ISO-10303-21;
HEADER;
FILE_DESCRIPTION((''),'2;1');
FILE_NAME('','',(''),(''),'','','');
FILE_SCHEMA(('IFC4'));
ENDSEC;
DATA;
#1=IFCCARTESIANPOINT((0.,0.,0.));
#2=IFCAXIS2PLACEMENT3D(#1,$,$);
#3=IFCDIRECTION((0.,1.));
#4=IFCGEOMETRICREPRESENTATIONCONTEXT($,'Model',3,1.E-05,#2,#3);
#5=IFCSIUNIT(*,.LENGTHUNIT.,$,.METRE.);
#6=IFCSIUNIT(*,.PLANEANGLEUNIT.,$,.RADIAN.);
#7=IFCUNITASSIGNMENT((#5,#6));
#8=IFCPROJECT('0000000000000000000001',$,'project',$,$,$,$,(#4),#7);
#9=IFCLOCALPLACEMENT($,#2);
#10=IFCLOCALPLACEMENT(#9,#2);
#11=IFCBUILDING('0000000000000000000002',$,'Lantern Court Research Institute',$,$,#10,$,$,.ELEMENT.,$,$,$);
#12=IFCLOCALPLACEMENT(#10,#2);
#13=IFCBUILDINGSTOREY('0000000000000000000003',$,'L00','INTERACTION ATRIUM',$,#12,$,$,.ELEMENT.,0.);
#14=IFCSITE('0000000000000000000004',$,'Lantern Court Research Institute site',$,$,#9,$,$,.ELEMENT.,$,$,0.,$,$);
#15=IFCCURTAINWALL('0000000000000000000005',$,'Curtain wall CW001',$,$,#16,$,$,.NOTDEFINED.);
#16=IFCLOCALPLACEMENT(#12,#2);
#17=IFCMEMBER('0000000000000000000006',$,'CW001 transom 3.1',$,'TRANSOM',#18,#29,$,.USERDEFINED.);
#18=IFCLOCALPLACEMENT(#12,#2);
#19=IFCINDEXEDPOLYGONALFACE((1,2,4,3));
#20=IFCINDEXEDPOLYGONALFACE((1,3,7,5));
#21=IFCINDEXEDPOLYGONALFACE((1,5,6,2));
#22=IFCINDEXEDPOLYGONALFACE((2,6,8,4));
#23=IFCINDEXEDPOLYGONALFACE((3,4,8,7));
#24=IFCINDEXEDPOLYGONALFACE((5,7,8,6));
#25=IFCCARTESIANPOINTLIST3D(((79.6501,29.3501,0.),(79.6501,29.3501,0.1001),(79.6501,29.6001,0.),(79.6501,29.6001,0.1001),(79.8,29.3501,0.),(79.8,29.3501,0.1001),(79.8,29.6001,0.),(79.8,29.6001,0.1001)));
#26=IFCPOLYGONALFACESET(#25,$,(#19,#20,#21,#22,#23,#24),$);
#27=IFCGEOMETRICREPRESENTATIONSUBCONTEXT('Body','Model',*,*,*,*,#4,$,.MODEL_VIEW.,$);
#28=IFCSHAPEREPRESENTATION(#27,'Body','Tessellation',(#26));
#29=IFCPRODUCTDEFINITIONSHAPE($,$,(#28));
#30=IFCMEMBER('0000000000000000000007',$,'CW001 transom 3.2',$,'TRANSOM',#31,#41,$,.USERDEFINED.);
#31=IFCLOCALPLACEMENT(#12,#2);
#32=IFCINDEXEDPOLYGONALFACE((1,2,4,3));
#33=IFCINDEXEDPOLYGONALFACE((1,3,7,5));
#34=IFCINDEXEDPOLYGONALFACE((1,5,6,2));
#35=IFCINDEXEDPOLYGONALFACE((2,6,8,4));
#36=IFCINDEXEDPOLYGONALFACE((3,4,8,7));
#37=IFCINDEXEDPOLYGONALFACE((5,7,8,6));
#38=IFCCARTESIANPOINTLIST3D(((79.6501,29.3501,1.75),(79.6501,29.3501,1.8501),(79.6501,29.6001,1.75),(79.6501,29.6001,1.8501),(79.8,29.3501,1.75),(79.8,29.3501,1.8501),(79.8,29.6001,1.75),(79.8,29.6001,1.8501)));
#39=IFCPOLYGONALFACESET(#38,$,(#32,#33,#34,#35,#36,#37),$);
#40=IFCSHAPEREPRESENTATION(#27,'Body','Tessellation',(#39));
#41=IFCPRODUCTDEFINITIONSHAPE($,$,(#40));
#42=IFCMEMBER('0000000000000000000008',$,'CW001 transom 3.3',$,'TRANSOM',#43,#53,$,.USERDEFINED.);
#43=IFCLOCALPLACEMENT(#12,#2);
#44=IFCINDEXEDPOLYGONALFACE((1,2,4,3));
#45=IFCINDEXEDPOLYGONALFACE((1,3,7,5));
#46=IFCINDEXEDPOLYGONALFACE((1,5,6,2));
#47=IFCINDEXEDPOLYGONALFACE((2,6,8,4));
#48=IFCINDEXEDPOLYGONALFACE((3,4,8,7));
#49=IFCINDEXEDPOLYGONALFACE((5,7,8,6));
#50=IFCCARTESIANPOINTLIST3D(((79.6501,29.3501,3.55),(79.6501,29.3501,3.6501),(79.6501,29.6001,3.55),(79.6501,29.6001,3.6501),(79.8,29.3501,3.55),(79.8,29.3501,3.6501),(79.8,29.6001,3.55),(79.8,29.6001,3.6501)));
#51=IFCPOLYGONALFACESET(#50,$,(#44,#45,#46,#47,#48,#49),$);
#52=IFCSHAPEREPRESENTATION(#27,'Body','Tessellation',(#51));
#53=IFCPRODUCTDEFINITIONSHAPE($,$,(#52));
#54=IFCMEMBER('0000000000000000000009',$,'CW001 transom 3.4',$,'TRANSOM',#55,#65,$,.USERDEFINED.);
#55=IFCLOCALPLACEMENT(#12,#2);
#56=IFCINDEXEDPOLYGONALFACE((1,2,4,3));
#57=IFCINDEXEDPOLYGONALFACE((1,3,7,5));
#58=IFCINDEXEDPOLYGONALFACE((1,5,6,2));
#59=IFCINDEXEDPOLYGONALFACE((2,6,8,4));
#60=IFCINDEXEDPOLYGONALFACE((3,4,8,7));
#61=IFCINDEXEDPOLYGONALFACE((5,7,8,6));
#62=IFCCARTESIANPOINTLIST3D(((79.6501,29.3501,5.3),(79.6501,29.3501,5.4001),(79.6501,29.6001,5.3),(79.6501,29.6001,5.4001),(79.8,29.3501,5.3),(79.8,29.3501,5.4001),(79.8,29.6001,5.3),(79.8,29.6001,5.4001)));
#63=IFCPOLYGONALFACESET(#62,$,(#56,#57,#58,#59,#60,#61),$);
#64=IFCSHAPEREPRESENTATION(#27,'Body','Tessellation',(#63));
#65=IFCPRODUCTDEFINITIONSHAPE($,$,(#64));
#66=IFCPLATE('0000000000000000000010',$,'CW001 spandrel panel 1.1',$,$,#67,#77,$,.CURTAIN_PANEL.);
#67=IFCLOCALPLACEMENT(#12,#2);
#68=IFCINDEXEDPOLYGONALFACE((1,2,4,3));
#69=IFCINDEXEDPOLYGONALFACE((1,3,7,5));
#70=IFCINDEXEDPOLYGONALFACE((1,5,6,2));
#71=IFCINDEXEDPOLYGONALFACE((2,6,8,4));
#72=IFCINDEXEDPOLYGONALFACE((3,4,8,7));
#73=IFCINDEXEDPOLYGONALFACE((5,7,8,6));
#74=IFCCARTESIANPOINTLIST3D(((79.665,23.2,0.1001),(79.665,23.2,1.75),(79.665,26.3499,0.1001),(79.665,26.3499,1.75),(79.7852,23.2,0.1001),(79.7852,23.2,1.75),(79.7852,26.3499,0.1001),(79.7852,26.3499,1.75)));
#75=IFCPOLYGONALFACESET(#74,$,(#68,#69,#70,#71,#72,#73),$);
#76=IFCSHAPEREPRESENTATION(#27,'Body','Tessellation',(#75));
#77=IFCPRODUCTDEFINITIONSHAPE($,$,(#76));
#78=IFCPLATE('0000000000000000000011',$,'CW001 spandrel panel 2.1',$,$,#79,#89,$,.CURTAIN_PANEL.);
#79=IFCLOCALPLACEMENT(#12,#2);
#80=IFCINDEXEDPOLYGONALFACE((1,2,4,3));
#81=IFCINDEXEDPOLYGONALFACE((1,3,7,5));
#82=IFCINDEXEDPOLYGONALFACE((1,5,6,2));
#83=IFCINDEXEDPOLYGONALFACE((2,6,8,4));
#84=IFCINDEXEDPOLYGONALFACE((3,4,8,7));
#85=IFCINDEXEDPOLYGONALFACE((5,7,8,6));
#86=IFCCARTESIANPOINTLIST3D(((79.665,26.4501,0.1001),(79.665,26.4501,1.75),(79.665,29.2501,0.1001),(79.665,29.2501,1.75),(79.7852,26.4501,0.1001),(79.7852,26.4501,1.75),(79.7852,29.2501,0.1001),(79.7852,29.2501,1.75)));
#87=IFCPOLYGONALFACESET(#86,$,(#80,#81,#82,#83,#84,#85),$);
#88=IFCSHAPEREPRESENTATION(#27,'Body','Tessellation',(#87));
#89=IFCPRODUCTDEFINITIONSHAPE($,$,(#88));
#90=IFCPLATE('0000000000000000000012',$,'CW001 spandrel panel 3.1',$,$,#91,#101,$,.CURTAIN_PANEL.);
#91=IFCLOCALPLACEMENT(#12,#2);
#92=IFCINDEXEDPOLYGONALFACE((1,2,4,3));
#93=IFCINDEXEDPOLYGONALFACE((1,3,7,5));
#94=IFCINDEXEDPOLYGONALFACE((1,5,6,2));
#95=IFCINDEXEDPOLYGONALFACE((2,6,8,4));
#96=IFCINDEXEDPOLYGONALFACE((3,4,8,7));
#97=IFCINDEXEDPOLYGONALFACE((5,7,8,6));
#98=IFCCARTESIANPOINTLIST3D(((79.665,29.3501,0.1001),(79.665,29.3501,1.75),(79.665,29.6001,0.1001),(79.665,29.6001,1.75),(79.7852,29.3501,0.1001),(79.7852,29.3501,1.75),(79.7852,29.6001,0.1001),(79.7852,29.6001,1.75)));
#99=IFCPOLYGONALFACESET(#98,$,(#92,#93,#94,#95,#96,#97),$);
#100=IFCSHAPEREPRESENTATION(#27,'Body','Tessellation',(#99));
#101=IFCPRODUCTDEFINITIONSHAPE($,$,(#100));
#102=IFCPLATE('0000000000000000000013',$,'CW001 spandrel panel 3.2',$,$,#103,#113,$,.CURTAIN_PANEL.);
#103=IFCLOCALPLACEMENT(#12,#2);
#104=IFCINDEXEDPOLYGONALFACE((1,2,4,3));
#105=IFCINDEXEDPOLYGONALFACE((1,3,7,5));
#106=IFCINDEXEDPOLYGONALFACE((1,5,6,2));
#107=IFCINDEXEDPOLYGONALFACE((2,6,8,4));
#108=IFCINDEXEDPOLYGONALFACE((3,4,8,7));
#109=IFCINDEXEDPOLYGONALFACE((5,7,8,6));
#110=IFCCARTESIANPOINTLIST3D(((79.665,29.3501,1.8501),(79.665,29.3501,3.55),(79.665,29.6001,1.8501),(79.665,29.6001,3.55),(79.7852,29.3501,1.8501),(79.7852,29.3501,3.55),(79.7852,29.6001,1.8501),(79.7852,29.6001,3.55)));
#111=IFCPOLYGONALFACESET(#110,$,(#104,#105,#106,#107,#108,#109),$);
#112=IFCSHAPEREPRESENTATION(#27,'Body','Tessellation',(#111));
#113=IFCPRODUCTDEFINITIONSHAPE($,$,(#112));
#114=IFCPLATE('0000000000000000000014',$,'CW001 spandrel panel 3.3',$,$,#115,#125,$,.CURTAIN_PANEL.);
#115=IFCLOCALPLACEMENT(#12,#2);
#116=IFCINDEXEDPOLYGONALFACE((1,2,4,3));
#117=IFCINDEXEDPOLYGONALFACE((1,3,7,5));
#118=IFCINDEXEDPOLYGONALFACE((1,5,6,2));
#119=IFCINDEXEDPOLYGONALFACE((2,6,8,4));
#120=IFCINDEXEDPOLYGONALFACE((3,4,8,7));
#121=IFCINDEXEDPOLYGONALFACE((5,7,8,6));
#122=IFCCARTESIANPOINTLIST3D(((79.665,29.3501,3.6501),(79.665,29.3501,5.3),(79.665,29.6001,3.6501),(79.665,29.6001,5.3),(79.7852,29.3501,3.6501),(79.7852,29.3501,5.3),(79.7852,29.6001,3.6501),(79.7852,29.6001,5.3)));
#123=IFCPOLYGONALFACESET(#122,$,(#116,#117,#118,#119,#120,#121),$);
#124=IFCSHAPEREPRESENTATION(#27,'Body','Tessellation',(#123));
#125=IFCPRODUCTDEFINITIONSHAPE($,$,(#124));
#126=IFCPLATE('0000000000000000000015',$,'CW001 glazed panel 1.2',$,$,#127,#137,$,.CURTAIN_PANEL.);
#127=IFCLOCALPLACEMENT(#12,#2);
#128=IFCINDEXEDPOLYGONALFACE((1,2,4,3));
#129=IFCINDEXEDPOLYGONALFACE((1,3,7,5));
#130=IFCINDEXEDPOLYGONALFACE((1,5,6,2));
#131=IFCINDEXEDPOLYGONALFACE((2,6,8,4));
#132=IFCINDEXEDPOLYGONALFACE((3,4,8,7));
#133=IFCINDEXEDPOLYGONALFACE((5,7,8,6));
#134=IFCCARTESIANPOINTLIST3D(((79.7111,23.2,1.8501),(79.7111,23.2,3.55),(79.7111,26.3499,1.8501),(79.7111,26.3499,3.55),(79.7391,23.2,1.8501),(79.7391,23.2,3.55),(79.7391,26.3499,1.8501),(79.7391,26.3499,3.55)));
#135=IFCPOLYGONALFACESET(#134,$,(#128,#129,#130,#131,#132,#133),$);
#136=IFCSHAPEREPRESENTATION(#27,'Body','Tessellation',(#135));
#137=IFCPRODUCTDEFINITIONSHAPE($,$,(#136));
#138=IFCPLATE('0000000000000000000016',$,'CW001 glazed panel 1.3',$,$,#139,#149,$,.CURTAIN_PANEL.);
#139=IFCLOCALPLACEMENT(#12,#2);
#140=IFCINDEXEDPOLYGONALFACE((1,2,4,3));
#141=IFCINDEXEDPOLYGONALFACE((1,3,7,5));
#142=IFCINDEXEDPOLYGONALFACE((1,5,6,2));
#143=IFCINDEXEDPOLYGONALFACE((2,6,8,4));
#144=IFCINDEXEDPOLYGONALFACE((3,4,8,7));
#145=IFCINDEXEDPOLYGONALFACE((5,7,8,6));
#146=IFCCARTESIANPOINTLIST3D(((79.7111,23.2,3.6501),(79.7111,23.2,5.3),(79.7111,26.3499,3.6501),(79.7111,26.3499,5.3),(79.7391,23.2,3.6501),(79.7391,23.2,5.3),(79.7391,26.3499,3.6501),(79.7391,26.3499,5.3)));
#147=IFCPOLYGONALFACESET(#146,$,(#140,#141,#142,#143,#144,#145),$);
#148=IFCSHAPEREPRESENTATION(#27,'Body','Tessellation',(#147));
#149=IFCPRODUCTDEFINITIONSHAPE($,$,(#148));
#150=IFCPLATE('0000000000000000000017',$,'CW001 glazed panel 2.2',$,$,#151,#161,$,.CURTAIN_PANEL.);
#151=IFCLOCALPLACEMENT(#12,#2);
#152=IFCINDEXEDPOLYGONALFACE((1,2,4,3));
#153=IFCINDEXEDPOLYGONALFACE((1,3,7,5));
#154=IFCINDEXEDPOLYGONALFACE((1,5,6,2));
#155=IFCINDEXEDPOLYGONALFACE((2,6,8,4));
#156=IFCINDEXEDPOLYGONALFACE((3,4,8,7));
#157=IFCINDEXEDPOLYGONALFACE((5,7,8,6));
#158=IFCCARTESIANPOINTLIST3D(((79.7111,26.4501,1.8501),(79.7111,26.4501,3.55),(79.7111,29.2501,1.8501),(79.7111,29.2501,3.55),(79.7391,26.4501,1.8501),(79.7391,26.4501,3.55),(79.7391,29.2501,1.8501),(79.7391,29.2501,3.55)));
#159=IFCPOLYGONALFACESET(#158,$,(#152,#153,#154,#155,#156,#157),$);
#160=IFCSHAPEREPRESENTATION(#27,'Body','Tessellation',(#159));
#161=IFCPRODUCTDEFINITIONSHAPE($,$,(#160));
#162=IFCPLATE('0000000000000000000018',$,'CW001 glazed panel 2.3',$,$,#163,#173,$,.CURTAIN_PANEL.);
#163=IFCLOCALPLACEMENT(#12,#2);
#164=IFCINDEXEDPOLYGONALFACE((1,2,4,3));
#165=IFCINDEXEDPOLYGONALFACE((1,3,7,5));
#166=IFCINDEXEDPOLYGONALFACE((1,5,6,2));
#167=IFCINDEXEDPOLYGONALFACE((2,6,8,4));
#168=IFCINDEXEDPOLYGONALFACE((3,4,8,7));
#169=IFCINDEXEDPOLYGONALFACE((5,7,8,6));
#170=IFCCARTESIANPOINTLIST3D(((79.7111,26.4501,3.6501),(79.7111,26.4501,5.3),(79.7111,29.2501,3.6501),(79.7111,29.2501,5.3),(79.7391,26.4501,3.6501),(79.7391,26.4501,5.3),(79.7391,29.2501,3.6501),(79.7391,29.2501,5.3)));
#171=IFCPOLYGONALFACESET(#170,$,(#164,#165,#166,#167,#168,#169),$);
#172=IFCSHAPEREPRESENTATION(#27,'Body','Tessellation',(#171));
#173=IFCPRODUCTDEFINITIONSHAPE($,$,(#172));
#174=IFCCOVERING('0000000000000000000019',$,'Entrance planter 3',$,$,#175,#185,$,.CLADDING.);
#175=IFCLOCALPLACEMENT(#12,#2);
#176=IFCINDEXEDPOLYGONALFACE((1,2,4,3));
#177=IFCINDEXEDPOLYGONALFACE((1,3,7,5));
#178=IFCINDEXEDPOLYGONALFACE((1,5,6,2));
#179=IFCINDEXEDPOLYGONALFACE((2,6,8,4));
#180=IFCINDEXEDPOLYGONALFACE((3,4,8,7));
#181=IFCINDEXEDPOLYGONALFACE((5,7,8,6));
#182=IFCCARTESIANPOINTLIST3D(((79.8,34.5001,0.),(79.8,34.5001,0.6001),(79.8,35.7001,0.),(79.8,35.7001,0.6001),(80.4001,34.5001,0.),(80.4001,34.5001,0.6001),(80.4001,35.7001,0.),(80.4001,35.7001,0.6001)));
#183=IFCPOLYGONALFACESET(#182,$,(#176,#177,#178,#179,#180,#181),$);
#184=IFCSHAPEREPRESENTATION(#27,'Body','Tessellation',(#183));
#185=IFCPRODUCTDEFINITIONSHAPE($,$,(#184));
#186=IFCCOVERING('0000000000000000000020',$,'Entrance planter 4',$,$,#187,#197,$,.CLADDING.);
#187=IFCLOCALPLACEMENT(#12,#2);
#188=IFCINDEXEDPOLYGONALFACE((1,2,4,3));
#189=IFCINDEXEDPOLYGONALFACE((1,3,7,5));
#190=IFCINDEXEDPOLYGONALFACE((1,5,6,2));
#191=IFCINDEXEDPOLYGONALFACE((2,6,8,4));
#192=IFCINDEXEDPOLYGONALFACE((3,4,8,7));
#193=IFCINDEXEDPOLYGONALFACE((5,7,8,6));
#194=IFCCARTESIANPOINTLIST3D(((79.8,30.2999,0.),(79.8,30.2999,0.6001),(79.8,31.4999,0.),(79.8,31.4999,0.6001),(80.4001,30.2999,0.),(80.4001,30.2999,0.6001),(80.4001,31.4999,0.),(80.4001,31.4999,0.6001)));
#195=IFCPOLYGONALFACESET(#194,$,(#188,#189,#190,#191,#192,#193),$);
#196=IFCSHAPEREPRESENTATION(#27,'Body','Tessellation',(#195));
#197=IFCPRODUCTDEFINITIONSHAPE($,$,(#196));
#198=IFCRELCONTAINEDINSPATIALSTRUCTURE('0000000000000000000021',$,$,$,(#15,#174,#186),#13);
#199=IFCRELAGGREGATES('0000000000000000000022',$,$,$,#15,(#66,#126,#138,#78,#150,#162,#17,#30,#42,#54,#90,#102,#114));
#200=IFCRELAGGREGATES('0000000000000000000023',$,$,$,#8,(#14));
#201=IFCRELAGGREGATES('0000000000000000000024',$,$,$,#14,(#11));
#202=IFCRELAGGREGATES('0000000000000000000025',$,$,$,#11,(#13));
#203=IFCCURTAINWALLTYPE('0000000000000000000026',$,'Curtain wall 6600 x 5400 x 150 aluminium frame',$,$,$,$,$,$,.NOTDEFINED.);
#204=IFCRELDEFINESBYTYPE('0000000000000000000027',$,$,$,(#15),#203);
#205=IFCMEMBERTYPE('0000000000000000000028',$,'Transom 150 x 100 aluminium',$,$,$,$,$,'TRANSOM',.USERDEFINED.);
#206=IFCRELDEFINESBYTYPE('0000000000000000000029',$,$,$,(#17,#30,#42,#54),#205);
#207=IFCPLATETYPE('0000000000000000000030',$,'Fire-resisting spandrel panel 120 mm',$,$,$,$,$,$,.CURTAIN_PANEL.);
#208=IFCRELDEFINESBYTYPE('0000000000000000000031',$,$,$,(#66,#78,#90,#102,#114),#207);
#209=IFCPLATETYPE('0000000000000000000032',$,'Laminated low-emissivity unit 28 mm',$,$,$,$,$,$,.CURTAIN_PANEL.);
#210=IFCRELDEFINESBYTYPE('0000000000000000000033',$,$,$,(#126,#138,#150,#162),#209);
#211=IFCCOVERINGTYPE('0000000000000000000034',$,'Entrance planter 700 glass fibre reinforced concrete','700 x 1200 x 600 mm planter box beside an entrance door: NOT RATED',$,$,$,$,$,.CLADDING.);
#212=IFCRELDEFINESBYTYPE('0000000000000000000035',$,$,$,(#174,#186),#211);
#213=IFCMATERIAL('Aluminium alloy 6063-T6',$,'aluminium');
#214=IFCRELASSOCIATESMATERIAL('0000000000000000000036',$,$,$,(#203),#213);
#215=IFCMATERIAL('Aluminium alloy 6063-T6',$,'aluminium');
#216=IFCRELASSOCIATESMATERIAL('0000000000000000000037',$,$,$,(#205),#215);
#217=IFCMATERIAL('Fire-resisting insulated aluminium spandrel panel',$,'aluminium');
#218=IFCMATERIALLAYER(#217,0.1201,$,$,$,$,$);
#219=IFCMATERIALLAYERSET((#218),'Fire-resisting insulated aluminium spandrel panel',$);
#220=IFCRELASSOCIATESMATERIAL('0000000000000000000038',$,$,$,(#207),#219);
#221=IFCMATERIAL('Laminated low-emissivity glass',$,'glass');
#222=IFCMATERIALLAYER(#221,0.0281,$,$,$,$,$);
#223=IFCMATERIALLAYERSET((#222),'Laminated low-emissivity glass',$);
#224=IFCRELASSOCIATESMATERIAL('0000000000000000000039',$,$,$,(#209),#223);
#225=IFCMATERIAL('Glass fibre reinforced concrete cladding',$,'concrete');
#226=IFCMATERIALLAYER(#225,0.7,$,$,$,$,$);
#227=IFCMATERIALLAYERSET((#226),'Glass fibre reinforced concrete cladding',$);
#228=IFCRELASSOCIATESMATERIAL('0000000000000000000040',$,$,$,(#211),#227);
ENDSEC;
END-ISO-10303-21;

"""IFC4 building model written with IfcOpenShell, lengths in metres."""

from ifc_helpers import new_model, si_unit, direction, frame, origin, origin_2d, place, context, subcontext, project, spatial, rectangle, extrude, material, layer, layer_set, material_profile, profile_set, type_object, element, aggregate, save


model = new_model("IFC4")

# Units and contexts
model_context = context("Model", 3, precision=1e-05, world=origin(), true_north=direction((0.0, 1.0)))
body_context = subcontext(model_context, "Body", "Model", "MODEL_VIEW")
ifc_project = project(units=[si_unit("LENGTHUNIT", "METRE"), si_unit("PLANEANGLEUNIT", "RADIAN")], contexts=[model_context])

# Site, building, storey
site_placement = place(None, origin())
site = spatial("IfcSite", under=ifc_project, at=site_placement, Name="Lantern Court Research Institute site", CompositionType="ELEMENT", RefElevation=0.0)
building_placement = place(site_placement, origin())
building = spatial("IfcBuilding", under=site, at=building_placement, Name="Lantern Court Research Institute", CompositionType="ELEMENT")
storey_placement = place(building_placement, origin())
storey = spatial("IfcBuildingStorey", under=building, at=storey_placement, Name="L00", Description="INTERACTION ATRIUM", CompositionType="ELEMENT", Elevation=0.0)

# Curtain wall, members, plates
ifc_material_1 = material(Name="Aluminium alloy 6063-T6", Category="aluminium")
curtain_wall_type = type_object("IfcCurtainWallType", Name="Curtain wall 6600 x 5400 x 150 aluminium frame", PredefinedType="NOTDEFINED", material=ifc_material_1)
curtain_wall_placement = place(storey_placement, origin())
curtain_wall = element("IfcCurtainWall", 1, at=curtain_wall_placement, inside=storey, type_object=curtain_wall_type, Name="Curtain wall CW001", PredefinedType="NOTDEFINED")
ifc_material_2 = material(Name="Aluminium alloy 6063-T6", Category="aluminium")
ifc_material_profile_1 = material_profile(ifc_material_2, rectangle(XDim=0.1499, YDim=0.1001, at=origin_2d()), Name="Transom 150 x 100")
ifc_profile_set_1 = profile_set([ifc_material_profile_1], Name="Aluminium alloy 6063-T6")
member_type_1 = type_object("IfcMemberType", Name="Transom 150 x 100 aluminium", ElementType="TRANSOM", PredefinedType="USERDEFINED", material=ifc_profile_set_1)
member_1_placement = place(storey_placement, frame((79.7251, 29.6001, 0.05), z_axis=(0.0, -1.0, 0.0), x_axis=(1.0, 0.0, 0.0)))
member_1 = element("IfcMember", 2, at=member_1_placement, type_object=member_type_1, Name="CW001 transom 3.1", ObjectType="TRANSOM", PredefinedType="USERDEFINED", context=body_context, shape_type="SweptSolid", body=[
    extrude(rectangle(XDim=0.1499, YDim=0.1001, at=origin_2d()), origin(), (0.0, 0.0, 1.0), 0.25),
])
member_2_placement = place(storey_placement, frame((79.7251, 29.6001, 1.8), z_axis=(0.0, -1.0, 0.0), x_axis=(1.0, 0.0, 0.0)))
member_2 = element("IfcMember", 3, at=member_2_placement, type_object=member_type_1, Name="CW001 transom 3.2", ObjectType="TRANSOM", PredefinedType="USERDEFINED", context=body_context, shape_type="SweptSolid", body=[
    extrude(rectangle(XDim=0.1499, YDim=0.1001, at=origin_2d()), origin(), (0.0, 0.0, 1.0), 0.25),
])
member_3_placement = place(storey_placement, frame((79.7251, 29.6001, 3.6001), z_axis=(0.0, -1.0, 0.0), x_axis=(1.0, 0.0, 0.0)))
member_3 = element("IfcMember", 4, at=member_3_placement, type_object=member_type_1, Name="CW001 transom 3.3", ObjectType="TRANSOM", PredefinedType="USERDEFINED", context=body_context, shape_type="SweptSolid", body=[
    extrude(rectangle(XDim=0.1499, YDim=0.1001, at=origin_2d()), origin(), (0.0, 0.0, 1.0), 0.25),
])
member_4_placement = place(storey_placement, frame((79.7251, 29.6001, 5.3501), z_axis=(0.0, -1.0, 0.0), x_axis=(1.0, 0.0, 0.0)))
member_4 = element("IfcMember", 5, at=member_4_placement, type_object=member_type_1, Name="CW001 transom 3.4", ObjectType="TRANSOM", PredefinedType="USERDEFINED", context=body_context, shape_type="SweptSolid", body=[
    extrude(rectangle(XDim=0.1499, YDim=0.1001, at=origin_2d()), origin(), (0.0, 0.0, 1.0), 0.25),
])
ifc_material_3 = material(Name="Fire-resisting insulated aluminium spandrel panel", Category="aluminium")
ifc_layer_1 = layer(ifc_material_3, 0.1201)
ifc_layer_set_1 = layer_set([ifc_layer_1], Name="Fire-resisting insulated aluminium spandrel panel")
plate_type_1 = type_object("IfcPlateType", Name="Fire-resisting spandrel panel 120 mm", PredefinedType="CURTAIN_PANEL", material=ifc_layer_set_1)
plate_1_placement = place(storey_placement, frame((79.7251, 24.7749, 0.1001), z_axis=(0.0, 0.0, 1.0), x_axis=(0.0, -1.0, 0.0)))
plate_1 = element("IfcPlate", 6, at=plate_1_placement, type_object=plate_type_1, Name="CW001 spandrel panel 1.1", PredefinedType="CURTAIN_PANEL", context=body_context, shape_type="SweptSolid", body=[
    extrude(rectangle(XDim=3.1499, YDim=0.1201, at=origin_2d()), origin(), (0.0, 0.0, 1.0), 1.6499),
])
plate_2_placement = place(storey_placement, frame((79.7251, 27.8501, 0.1001), z_axis=(0.0, 0.0, 1.0), x_axis=(0.0, -1.0, 0.0)))
plate_2 = element("IfcPlate", 7, at=plate_2_placement, type_object=plate_type_1, Name="CW001 spandrel panel 2.1", PredefinedType="CURTAIN_PANEL", context=body_context, shape_type="SweptSolid", body=[
    extrude(rectangle(XDim=2.8, YDim=0.1201, at=origin_2d()), origin(), (0.0, 0.0, 1.0), 1.6499),
])
plate_3_placement = place(storey_placement, frame((79.7251, 29.4751, 0.1001), z_axis=(0.0, 0.0, 1.0), x_axis=(0.0, -1.0, 0.0)))
plate_3 = element("IfcPlate", 8, at=plate_3_placement, type_object=plate_type_1, Name="CW001 spandrel panel 3.1", PredefinedType="CURTAIN_PANEL", context=body_context, shape_type="SweptSolid", body=[
    extrude(rectangle(XDim=0.25, YDim=0.1201, at=origin_2d()), origin(), (0.0, 0.0, 1.0), 1.6499),
])
plate_4_placement = place(storey_placement, frame((79.7251, 29.4751, 1.8501), z_axis=(0.0, 0.0, 1.0), x_axis=(0.0, -1.0, 0.0)))
plate_4 = element("IfcPlate", 9, at=plate_4_placement, type_object=plate_type_1, Name="CW001 spandrel panel 3.2", PredefinedType="CURTAIN_PANEL", context=body_context, shape_type="SweptSolid", body=[
    extrude(rectangle(XDim=0.25, YDim=0.1201, at=origin_2d()), origin(), (0.0, 0.0, 1.0), 1.7),
])
plate_5_placement = place(storey_placement, frame((79.7251, 29.4751, 3.6501), z_axis=(0.0, 0.0, 1.0), x_axis=(0.0, -1.0, 0.0)))
plate_5 = element("IfcPlate", 10, at=plate_5_placement, type_object=plate_type_1, Name="CW001 spandrel panel 3.3", PredefinedType="CURTAIN_PANEL", context=body_context, shape_type="SweptSolid", body=[
    extrude(rectangle(XDim=0.25, YDim=0.1201, at=origin_2d()), origin(), (0.0, 0.0, 1.0), 1.6499),
])
ifc_material_4 = material(Name="Laminated low-emissivity glass", Category="glass")
ifc_layer_2 = layer(ifc_material_4, 0.0281)
ifc_layer_set_2 = layer_set([ifc_layer_2], Name="Laminated low-emissivity glass")
plate_type_2 = type_object("IfcPlateType", Name="Laminated low-emissivity unit 28 mm", PredefinedType="CURTAIN_PANEL", material=ifc_layer_set_2)
plate_6_placement = place(storey_placement, frame((79.7251, 24.7749, 1.8501), z_axis=(0.0, 0.0, 1.0), x_axis=(0.0, -1.0, 0.0)))
plate_6 = element("IfcPlate", 11, at=plate_6_placement, type_object=plate_type_2, Name="CW001 glazed panel 1.2", PredefinedType="CURTAIN_PANEL", context=body_context, shape_type="SweptSolid", body=[
    extrude(rectangle(XDim=3.1499, YDim=0.0281, at=origin_2d()), origin(), (0.0, 0.0, 1.0), 1.7),
])
plate_7_placement = place(storey_placement, frame((79.7251, 24.7749, 3.6501), z_axis=(0.0, 0.0, 1.0), x_axis=(0.0, -1.0, 0.0)))
plate_7 = element("IfcPlate", 12, at=plate_7_placement, type_object=plate_type_2, Name="CW001 glazed panel 1.3", PredefinedType="CURTAIN_PANEL", context=body_context, shape_type="SweptSolid", body=[
    extrude(rectangle(XDim=3.1499, YDim=0.0281, at=origin_2d()), origin(), (0.0, 0.0, 1.0), 1.6499),
])
plate_8_placement = place(storey_placement, frame((79.7251, 27.8501, 1.8501), z_axis=(0.0, 0.0, 1.0), x_axis=(0.0, -1.0, 0.0)))
plate_8 = element("IfcPlate", 13, at=plate_8_placement, type_object=plate_type_2, Name="CW001 glazed panel 2.2", PredefinedType="CURTAIN_PANEL", context=body_context, shape_type="SweptSolid", body=[
    extrude(rectangle(XDim=2.8, YDim=0.0281, at=origin_2d()), origin(), (0.0, 0.0, 1.0), 1.7),
])
plate_9_placement = place(storey_placement, frame((79.7251, 27.8501, 3.6501), z_axis=(0.0, 0.0, 1.0), x_axis=(0.0, -1.0, 0.0)))
plate_9 = element("IfcPlate", 14, at=plate_9_placement, type_object=plate_type_2, Name="CW001 glazed panel 2.3", PredefinedType="CURTAIN_PANEL", context=body_context, shape_type="SweptSolid", body=[
    extrude(rectangle(XDim=2.8, YDim=0.0281, at=origin_2d()), origin(), (0.0, 0.0, 1.0), 1.6499),
])
aggregate(curtain_wall, [plate_1, plate_6, plate_7, plate_2, plate_8, plate_9, member_1, member_2, member_3, member_4, plate_3, plate_4, plate_5])

# Coverings
ifc_material_5 = material(Name="Glass fibre reinforced concrete cladding", Category="concrete")
ifc_layer_3 = layer(ifc_material_5, 0.7)
ifc_layer_set_3 = layer_set([ifc_layer_3], Name="Glass fibre reinforced concrete cladding")
covering_type = type_object("IfcCoveringType", Name="Entrance planter 700 glass fibre reinforced concrete", Description="700 x 1200 x 600 mm planter box beside an entrance door: NOT RATED", PredefinedType="CLADDING", material=ifc_layer_set_3)
for number, where, z_axis, x_axis, name in (
    (15, (80.1001, 35.1001, 0.0), (0.0, 0.0, 1.0), (1.0, 0.0, 0.0), "Entrance planter 3"),
    (16, (80.1001, 30.8999, 0.0), (0.0, 0.0, 1.0), (1.0, 0.0, 0.0), "Entrance planter 4"),
):
    element("IfcCovering", number, at=place(storey_placement, frame(where, z_axis=z_axis, x_axis=x_axis)), inside=storey, type_object=covering_type, Name=name, PredefinedType="CLADDING", context=body_context, shape_type="SweptSolid", body=[
        extrude(rectangle(XDim=0.6001, YDim=1.2, at=origin_2d()), origin(), (0.0, 0.0, 1.0), 0.6001),
    ])

save(model, "model.ifc")
